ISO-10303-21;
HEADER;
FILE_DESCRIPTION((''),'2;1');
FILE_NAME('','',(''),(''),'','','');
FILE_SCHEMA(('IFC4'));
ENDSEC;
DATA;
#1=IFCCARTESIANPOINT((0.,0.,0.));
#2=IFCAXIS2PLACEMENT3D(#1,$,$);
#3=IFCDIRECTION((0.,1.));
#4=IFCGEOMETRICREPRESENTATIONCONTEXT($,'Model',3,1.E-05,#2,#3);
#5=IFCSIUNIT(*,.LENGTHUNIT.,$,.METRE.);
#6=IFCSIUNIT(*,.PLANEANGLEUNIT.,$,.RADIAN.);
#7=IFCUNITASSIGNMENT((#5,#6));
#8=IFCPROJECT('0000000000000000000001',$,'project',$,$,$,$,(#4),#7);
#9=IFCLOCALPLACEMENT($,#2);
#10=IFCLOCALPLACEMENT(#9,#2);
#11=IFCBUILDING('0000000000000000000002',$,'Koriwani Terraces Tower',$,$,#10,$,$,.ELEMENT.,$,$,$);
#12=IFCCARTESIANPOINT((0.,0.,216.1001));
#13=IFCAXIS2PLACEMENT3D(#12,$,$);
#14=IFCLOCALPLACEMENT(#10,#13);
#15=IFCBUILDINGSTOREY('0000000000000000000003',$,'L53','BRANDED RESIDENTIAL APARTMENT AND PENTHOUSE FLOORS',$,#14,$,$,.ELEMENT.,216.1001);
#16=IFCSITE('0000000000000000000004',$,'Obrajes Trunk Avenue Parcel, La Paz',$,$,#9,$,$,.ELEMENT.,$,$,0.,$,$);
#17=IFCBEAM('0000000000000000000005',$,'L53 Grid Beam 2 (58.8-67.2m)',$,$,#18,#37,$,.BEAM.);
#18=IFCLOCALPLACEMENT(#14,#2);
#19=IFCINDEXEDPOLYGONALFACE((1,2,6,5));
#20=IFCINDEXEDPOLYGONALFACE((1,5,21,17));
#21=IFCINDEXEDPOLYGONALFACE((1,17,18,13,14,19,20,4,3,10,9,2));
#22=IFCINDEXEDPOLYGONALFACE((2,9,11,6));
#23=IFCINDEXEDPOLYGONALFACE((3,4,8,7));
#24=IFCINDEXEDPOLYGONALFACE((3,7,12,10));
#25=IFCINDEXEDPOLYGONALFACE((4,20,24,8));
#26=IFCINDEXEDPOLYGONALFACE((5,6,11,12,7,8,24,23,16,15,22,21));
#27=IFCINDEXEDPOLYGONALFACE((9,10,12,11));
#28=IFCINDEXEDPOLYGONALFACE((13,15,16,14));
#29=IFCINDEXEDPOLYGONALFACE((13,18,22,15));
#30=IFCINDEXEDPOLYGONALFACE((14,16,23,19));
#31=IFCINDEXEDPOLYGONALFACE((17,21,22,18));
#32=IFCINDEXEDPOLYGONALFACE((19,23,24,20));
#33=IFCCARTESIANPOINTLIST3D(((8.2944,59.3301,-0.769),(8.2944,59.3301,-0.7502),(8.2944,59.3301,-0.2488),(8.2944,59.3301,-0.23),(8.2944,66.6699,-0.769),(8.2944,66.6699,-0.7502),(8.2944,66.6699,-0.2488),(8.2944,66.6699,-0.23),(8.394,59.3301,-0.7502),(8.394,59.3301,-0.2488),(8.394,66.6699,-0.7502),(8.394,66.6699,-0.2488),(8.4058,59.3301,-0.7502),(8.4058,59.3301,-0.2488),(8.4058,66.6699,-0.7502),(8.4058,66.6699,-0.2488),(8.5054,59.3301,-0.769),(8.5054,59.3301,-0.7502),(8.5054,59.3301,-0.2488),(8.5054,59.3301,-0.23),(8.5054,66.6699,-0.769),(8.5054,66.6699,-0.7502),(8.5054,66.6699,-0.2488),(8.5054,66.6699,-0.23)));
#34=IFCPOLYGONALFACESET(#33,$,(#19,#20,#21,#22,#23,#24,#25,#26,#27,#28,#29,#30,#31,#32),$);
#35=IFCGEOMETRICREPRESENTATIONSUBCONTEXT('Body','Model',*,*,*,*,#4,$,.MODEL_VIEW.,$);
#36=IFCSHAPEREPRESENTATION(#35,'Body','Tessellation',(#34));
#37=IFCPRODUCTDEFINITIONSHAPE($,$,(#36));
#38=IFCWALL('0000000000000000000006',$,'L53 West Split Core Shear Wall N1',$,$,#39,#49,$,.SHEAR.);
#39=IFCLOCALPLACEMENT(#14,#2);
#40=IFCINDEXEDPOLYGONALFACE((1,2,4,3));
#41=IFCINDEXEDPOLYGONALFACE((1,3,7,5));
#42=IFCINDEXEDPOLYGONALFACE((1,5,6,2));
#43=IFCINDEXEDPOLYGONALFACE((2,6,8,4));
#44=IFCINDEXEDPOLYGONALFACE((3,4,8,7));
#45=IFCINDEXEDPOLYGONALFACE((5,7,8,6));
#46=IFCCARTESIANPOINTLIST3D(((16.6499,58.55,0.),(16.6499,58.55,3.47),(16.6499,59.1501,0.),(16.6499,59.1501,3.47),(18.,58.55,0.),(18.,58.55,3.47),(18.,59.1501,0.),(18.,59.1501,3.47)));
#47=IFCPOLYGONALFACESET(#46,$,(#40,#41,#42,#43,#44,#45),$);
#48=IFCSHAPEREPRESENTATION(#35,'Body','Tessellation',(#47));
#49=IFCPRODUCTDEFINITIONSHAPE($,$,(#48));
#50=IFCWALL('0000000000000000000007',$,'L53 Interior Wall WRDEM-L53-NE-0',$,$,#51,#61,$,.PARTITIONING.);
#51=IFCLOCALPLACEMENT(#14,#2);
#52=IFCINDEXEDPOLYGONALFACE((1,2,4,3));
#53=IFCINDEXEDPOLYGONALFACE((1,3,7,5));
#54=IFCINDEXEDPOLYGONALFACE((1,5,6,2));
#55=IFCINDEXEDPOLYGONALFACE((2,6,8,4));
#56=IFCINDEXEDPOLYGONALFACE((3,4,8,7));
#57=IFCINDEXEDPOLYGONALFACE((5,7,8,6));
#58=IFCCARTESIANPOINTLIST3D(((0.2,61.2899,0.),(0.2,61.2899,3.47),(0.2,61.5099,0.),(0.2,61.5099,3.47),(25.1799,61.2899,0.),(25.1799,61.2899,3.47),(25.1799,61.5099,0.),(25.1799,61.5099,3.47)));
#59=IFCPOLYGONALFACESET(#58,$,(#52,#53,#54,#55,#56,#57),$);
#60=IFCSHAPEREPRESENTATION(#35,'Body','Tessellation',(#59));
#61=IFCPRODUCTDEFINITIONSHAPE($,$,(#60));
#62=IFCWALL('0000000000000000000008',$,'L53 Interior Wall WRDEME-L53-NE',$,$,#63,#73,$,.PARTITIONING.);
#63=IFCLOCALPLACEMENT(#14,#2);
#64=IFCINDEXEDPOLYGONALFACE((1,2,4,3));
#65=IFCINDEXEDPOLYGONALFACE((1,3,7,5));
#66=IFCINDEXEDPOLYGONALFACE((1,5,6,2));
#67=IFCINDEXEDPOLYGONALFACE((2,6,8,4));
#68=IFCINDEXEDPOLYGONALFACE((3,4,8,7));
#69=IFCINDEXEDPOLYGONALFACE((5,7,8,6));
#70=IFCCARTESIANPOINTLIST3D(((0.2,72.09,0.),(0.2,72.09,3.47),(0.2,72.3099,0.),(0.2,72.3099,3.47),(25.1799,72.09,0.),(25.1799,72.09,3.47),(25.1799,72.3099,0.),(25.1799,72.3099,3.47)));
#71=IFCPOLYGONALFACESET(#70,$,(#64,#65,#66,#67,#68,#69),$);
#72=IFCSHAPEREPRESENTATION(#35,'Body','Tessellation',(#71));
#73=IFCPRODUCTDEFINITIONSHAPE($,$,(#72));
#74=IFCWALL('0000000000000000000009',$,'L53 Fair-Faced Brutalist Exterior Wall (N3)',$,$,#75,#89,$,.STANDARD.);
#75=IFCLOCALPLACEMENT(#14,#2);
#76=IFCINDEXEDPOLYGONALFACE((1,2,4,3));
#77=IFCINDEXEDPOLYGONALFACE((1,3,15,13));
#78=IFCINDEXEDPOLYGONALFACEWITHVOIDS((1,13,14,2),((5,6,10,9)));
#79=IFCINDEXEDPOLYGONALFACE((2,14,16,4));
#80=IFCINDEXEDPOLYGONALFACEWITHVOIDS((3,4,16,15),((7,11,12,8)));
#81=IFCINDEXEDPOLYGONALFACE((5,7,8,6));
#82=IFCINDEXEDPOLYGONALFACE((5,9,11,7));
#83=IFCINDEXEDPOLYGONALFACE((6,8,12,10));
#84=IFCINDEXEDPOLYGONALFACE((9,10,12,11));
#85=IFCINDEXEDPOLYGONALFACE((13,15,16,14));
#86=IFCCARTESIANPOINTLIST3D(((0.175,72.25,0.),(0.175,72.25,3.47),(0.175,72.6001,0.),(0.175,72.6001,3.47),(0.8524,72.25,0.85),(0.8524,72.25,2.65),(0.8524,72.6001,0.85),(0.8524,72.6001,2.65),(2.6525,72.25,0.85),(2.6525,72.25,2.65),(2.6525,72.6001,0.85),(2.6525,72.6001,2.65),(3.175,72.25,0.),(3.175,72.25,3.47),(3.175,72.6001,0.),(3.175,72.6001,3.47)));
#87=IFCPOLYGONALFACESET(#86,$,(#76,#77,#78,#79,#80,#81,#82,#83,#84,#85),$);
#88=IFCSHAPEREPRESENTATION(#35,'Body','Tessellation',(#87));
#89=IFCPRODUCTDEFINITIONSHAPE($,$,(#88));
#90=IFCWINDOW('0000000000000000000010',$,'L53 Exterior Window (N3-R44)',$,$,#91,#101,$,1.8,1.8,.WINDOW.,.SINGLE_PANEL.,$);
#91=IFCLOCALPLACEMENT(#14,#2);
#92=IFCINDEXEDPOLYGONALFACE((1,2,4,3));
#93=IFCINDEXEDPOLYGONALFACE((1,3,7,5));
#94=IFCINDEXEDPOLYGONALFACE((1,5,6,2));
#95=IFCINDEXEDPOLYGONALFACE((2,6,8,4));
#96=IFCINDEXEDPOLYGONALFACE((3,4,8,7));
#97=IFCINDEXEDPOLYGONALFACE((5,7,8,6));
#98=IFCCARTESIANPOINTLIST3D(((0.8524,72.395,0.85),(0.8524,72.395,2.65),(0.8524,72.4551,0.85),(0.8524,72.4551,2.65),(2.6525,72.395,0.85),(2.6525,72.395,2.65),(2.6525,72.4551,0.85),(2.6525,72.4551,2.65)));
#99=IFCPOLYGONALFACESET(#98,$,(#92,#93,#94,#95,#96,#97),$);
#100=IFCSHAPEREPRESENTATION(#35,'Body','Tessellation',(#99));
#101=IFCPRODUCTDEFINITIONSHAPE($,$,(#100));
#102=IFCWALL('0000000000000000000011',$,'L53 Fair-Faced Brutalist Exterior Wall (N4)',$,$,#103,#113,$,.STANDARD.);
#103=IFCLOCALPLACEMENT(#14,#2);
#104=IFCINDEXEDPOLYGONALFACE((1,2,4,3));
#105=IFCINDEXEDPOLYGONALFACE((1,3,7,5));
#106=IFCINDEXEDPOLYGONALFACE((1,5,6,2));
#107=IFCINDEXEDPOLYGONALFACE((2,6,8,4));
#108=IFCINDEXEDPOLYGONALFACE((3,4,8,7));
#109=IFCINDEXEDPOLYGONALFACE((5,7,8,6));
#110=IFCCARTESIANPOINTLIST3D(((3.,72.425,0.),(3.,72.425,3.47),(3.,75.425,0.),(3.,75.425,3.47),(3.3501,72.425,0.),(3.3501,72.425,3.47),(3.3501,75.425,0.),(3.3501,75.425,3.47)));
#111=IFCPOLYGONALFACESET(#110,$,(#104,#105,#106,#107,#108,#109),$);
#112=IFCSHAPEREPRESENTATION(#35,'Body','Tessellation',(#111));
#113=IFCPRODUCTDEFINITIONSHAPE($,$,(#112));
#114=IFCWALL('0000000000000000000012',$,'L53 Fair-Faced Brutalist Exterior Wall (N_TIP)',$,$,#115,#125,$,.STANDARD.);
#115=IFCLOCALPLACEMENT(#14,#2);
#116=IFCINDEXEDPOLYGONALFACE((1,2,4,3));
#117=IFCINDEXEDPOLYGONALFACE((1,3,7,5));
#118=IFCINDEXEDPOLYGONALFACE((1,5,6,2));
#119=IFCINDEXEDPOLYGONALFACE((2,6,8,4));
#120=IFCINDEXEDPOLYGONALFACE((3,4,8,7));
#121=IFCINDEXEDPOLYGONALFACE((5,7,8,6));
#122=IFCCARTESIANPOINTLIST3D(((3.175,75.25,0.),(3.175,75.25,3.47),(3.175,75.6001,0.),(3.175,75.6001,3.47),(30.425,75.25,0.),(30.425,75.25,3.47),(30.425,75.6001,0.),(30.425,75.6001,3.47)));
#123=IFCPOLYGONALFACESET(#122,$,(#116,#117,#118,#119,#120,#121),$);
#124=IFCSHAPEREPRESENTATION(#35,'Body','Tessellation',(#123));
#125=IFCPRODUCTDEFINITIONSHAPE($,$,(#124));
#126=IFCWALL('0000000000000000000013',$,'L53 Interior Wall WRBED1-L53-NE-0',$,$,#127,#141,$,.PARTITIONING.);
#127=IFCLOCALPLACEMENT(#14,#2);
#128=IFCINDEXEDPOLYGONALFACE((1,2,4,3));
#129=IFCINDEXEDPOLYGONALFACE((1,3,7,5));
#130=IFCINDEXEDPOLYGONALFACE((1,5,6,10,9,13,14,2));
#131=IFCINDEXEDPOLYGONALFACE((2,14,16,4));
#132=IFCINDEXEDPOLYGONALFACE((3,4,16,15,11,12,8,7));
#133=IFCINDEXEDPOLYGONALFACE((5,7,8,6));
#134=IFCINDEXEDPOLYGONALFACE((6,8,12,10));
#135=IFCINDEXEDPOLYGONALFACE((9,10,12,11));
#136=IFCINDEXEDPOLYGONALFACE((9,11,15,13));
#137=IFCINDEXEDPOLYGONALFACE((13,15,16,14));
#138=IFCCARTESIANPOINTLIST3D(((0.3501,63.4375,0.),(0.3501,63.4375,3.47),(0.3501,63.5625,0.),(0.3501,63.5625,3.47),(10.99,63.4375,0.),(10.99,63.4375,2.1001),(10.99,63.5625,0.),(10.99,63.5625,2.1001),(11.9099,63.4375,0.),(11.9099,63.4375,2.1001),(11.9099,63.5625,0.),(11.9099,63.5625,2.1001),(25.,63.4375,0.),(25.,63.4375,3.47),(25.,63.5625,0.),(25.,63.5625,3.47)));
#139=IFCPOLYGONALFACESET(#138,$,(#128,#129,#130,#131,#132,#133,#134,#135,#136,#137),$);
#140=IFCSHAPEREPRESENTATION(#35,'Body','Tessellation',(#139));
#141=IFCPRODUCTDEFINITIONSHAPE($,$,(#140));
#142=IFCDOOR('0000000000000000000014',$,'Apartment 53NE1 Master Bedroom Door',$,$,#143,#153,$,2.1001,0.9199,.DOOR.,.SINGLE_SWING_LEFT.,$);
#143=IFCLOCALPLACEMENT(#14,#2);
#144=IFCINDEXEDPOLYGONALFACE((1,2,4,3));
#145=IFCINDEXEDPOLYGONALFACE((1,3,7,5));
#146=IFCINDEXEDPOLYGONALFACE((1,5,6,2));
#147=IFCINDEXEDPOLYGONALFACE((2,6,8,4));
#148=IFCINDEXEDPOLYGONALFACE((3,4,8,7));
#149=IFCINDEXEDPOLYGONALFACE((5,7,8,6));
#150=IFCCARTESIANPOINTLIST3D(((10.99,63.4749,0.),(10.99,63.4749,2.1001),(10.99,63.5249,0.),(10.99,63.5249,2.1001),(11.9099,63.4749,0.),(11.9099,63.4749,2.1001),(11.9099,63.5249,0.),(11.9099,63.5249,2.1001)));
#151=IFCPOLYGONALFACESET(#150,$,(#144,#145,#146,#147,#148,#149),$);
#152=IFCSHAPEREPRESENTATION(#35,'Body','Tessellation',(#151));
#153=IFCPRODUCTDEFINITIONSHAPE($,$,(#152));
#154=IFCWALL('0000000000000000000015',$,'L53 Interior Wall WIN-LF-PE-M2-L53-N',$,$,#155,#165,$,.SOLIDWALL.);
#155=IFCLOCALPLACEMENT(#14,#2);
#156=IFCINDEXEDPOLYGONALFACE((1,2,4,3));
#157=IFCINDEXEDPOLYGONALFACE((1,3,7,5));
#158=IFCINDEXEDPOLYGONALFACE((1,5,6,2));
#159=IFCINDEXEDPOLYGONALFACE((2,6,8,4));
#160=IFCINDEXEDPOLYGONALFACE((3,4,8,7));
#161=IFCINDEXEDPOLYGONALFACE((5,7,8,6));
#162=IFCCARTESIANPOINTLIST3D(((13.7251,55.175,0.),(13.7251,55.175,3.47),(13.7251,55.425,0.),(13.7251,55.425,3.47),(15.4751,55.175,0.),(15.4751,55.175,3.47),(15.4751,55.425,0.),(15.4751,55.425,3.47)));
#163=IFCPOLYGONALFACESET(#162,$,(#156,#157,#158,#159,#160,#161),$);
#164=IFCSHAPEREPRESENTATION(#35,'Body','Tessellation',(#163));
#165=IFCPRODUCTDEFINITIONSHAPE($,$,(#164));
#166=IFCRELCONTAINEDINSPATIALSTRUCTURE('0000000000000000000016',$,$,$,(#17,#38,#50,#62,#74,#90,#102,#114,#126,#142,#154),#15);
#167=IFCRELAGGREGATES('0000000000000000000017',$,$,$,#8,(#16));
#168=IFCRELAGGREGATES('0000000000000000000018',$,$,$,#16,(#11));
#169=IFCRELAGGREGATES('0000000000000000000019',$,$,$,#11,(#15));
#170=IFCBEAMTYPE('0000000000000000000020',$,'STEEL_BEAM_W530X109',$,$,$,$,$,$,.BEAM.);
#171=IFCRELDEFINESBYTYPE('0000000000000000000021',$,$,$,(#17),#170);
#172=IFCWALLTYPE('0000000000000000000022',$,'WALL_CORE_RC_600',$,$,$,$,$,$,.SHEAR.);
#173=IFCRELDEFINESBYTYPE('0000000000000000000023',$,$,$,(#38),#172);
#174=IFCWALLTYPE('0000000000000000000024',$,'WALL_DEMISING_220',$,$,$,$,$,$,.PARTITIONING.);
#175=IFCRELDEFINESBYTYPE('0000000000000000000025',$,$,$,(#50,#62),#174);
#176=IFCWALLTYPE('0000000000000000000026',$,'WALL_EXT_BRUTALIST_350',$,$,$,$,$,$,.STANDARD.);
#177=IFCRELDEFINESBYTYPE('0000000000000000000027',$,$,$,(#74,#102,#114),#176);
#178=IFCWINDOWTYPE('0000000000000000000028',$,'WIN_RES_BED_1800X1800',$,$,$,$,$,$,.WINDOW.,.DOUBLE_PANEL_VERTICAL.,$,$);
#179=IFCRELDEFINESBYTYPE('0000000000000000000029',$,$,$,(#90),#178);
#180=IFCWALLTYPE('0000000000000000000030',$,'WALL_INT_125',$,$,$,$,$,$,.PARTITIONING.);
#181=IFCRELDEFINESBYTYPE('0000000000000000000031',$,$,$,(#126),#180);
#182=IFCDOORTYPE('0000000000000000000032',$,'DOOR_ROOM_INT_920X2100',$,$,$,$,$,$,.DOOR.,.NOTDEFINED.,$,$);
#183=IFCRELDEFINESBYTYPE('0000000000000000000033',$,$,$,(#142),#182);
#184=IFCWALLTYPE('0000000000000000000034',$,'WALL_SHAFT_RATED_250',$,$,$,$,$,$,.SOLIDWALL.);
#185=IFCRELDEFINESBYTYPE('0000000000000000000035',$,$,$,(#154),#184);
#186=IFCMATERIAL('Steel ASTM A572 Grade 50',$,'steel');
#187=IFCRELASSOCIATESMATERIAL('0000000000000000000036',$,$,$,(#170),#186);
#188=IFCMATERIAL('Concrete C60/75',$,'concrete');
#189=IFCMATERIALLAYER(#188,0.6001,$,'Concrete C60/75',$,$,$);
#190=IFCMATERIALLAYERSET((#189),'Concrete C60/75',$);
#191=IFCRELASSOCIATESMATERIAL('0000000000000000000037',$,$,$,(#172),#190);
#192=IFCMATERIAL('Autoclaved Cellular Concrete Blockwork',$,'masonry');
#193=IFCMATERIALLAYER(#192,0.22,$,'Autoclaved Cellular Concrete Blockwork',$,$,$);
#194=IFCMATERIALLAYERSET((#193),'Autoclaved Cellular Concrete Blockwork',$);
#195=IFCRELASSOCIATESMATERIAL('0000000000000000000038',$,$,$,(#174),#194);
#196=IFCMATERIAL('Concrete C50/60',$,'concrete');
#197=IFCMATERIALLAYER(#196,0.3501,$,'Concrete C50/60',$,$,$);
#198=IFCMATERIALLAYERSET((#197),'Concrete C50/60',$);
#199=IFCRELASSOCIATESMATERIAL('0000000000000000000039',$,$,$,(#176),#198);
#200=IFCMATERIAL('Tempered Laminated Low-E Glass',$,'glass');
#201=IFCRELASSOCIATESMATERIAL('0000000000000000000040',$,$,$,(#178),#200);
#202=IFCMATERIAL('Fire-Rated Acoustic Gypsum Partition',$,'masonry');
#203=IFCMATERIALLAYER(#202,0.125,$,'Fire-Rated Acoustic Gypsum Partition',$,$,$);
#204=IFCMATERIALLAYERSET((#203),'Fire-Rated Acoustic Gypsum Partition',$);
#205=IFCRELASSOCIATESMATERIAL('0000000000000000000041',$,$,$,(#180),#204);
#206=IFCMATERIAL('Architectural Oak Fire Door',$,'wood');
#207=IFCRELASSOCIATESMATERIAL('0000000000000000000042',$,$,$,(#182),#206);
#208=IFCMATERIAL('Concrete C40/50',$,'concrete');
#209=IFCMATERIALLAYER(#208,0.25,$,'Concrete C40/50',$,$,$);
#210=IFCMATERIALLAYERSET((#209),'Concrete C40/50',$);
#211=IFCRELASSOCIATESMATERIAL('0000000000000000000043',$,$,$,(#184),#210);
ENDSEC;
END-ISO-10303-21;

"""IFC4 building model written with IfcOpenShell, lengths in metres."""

from ifc_helpers import new_model, si_unit, direction, frame, frame_2d, origin, origin_2d, place, context, subcontext, project, spatial, rectangle, i_section, extrude, material, layer, layer_set, material_profile, profile_set, type_object, element, fill, save


model = new_model("IFC4")

# Units and contexts
model_context = context("Model", 3, precision=1e-05, world=origin(), true_north=direction((0.0, 1.0)))
body_context = subcontext(model_context, "Body", "Model", "MODEL_VIEW")
ifc_project = project(units=[si_unit("LENGTHUNIT", "METRE"), si_unit("PLANEANGLEUNIT", "RADIAN")], contexts=[model_context])

# Site, building, storey
site_placement = place(None, origin())
site = spatial("IfcSite", under=ifc_project, at=site_placement, Name="Obrajes Trunk Avenue Parcel, La Paz", CompositionType="ELEMENT", RefElevation=0.0)
building_placement = place(site_placement, origin())
building = spatial("IfcBuilding", under=site, at=building_placement, Name="Koriwani Terraces Tower", CompositionType="ELEMENT")
storey_placement = place(building_placement, frame((0.0, 0.0, 216.1001)))
storey = spatial("IfcBuildingStorey", under=building, at=storey_placement, Name="L53", Description="BRANDED RESIDENTIAL APARTMENT AND PENTHOUSE FLOORS", CompositionType="ELEMENT", Elevation=216.1001)

# Shared definitions
ifc_material_1 = material(Name="Concrete C50/60", Category="concrete")

# Beam
ifc_material_2 = material(Name="Concrete C40/50", Category="concrete")
ifc_material_3 = material(Name="Steel ASTM A572 Grade 50", Category="steel")
ifc_material_profile_1 = material_profile(ifc_material_3, i_section(OverallWidth=0.2109, OverallDepth=0.5391, WebThickness=0.0117, FlangeThickness=0.0188, at=origin_2d()), Name="Steel ASTM A572 Grade 50", Category="LoadBearing")
ifc_profile_set_1 = profile_set([ifc_material_profile_1], Name="Steel ASTM A572 Grade 50")
beam_type_1 = type_object("IfcBeamType", Name="STEEL_BEAM_W530X109", PredefinedType="BEAM", material=ifc_profile_set_1)
beam_1_placement = place(storey_placement, frame((8.3999, 59.3301, -0.4995), z_axis=(0.0, 1.0, 0.0), x_axis=(-1.0, 0.0, 0.0)))
element("IfcBeam", 1, at=beam_1_placement, inside=storey, type_object=beam_type_1, Name="L53 Grid Beam 2 (58.8-67.2m)", PredefinedType="BEAM", context=body_context, shape_type="SweptSolid", body=[
    extrude(i_section(OverallWidth=0.2109, OverallDepth=0.5391, WebThickness=0.0117, FlangeThickness=0.0188, at=origin_2d()), origin(), (0.0, 0.0, 1.0), 7.3398),
])

# Walls
ifc_material_4 = material(Name="Concrete C60/75", Category="concrete")
ifc_layer_1 = layer(ifc_material_4, 0.6001, Name="Concrete C60/75")
ifc_layer_set_1 = layer_set([ifc_layer_1], Name="Concrete C60/75")
wall_type_1 = type_object("IfcWallType", Name="WALL_CORE_RC_600", PredefinedType="SHEAR", material=ifc_layer_set_1)
wall_1_placement = place(storey_placement, frame((16.6499, 58.8501, 0.0), z_axis=(0.0, 0.0, 1.0), x_axis=(1.0, 0.0, 0.0)))
element("IfcWall", 2, at=wall_1_placement, inside=storey, type_object=wall_type_1, Name="L53 West Split Core Shear Wall N1", PredefinedType="SHEAR", context=body_context, shape_type="SweptSolid", body=[
    extrude(rectangle(XDim=1.3501, YDim=0.6001, at=frame_2d((0.675, 0.0))), origin(), (0.0, 0.0, 1.0), 3.47),
])
ifc_material_5 = material(Name="Autoclaved Cellular Concrete Blockwork", Category="masonry")
ifc_layer_2 = layer(ifc_material_5, 0.22, Name="Autoclaved Cellular Concrete Blockwork")
ifc_layer_set_2 = layer_set([ifc_layer_2], Name="Autoclaved Cellular Concrete Blockwork")
wall_type_2 = type_object("IfcWallType", Name="WALL_DEMISING_220", PredefinedType="PARTITIONING", material=ifc_layer_set_2)
for number, where, z_axis, x_axis, name in (
    (3, (0.2, 61.3999, 0.0), (0.0, 0.0, 1.0), (1.0, 0.0, 0.0), "L53 Interior Wall WRDEM-L53-NE-0"),
    (4, (0.2, 72.2, 0.0), (0.0, 0.0, 1.0), (1.0, 0.0, 0.0), "L53 Interior Wall WRDEME-L53-NE"),
):
    element("IfcWall", number, at=place(storey_placement, frame(where, z_axis=z_axis, x_axis=x_axis)), inside=storey, type_object=wall_type_2, Name=name, PredefinedType="PARTITIONING", context=body_context, shape_type="SweptSolid", body=[
        extrude(rectangle(XDim=24.98, YDim=0.22, at=frame_2d((12.49, 0.0))), origin(), (0.0, 0.0, 1.0), 3.47),
    ])

# Wall, opening, window
ifc_layer_3 = layer(ifc_material_1, 0.3501, Name="Concrete C50/60")
ifc_layer_set_3 = layer_set([ifc_layer_3], Name="Concrete C50/60")
wall_type_3 = type_object("IfcWallType", Name="WALL_EXT_BRUTALIST_350", PredefinedType="STANDARD", material=ifc_layer_set_3)
wall_2_placement = place(storey_placement, frame((0.175, 72.425, 0.0), z_axis=(0.0, 0.0, 1.0), x_axis=(1.0, 0.0, 0.0)))
wall_2 = element("IfcWall", 5, at=wall_2_placement, inside=storey, type_object=wall_type_3, Name="L53 Fair-Faced Brutalist Exterior Wall (N3)", PredefinedType="STANDARD", context=body_context, shape_type="SweptSolid", body=[
    extrude(rectangle(XDim=3.0, YDim=0.3501, at=frame_2d((1.5, 0.0))), origin(), (0.0, 0.0, 1.0), 3.47),
])
opening_1_placement = place(wall_2_placement, frame((0.6775, 0.0, 0.8501)))
opening_1 = element("IfcOpeningElement", 6, at=opening_1_placement, cuts=wall_2, PredefinedType="OPENING", context=body_context, shape_type="SweptSolid", body=[
    extrude(rectangle(XDim=1.8, YDim=1.8, at=frame_2d((0.8999, 0.8999))), frame((0.0, 0.1851, 0.0), z_axis=(0.0, -1.0, 0.0), x_axis=(1.0, 0.0, 0.0)), (0.0, 0.0, 1.0), 0.3701),
])
ifc_material_6 = material(Name="Tempered Laminated Low-E Glass", Category="glass")
window_type = type_object("IfcWindowType", Name="WIN_RES_BED_1800X1800", PartitioningType="DOUBLE_PANEL_VERTICAL", PredefinedType="WINDOW", material=ifc_material_6)
window_placement = place(opening_1_placement, origin())
window = element("IfcWindow", 7, at=window_placement, inside=storey, type_object=window_type, Name="L53 Exterior Window (N3-R44)", OverallHeight=1.8, OverallWidth=1.8, PartitioningType="SINGLE_PANEL", PredefinedType="WINDOW", context=body_context, shape_type="SweptSolid", body=[
    extrude(rectangle(XDim=1.8, YDim=1.8, at=frame_2d((0.8999, 0.8999))), frame((0.0, 0.03, 0.0), z_axis=(0.0, -1.0, 0.0), x_axis=(1.0, 0.0, 0.0)), (0.0, 0.0, 1.0), 0.0601),
])
fill(opening_1, window)

# Walls
wall_3_placement = place(storey_placement, frame((3.175, 72.425, 0.0), z_axis=(0.0, 0.0, 1.0), x_axis=(0.0, 1.0, 0.0)))
element("IfcWall", 8, at=wall_3_placement, inside=storey, type_object=wall_type_3, Name="L53 Fair-Faced Brutalist Exterior Wall (N4)", PredefinedType="STANDARD", context=body_context, shape_type="SweptSolid", body=[
    extrude(rectangle(XDim=3.0, YDim=0.3501, at=frame_2d((1.5, 0.0))), origin(), (0.0, 0.0, 1.0), 3.47),
])
wall_4_placement = place(storey_placement, frame((3.175, 75.425, 0.0), z_axis=(0.0, 0.0, 1.0), x_axis=(1.0, 0.0, 0.0)))
element("IfcWall", 9, at=wall_4_placement, inside=storey, type_object=wall_type_3, Name="L53 Fair-Faced Brutalist Exterior Wall (N_TIP)", PredefinedType="STANDARD", context=body_context, shape_type="SweptSolid", body=[
    extrude(rectangle(XDim=27.25, YDim=0.3501, at=frame_2d((13.625, 0.0))), origin(), (0.0, 0.0, 1.0), 3.47),
])

# Wall, opening, door
ifc_material_7 = material(Name="Fire-Rated Acoustic Gypsum Partition", Category="masonry")
ifc_layer_4 = layer(ifc_material_7, 0.125, Name="Fire-Rated Acoustic Gypsum Partition")
ifc_layer_set_4 = layer_set([ifc_layer_4], Name="Fire-Rated Acoustic Gypsum Partition")
wall_type_4 = type_object("IfcWallType", Name="WALL_INT_125", PredefinedType="PARTITIONING", material=ifc_layer_set_4)
wall_5_placement = place(storey_placement, frame((0.3501, 63.5, 0.0), z_axis=(0.0, 0.0, 1.0), x_axis=(1.0, 0.0, 0.0)))
wall_5 = element("IfcWall", 10, at=wall_5_placement, inside=storey, type_object=wall_type_4, Name="L53 Interior Wall WRBED1-L53-NE-0", PredefinedType="PARTITIONING", context=body_context, shape_type="SweptSolid", body=[
    extrude(rectangle(XDim=24.6499, YDim=0.125, at=frame_2d((12.325, 0.0))), origin(), (0.0, 0.0, 1.0), 3.47),
])
opening_2_placement = place(wall_5_placement, frame((10.6399, 0.0, 0.0)))
opening_2 = element("IfcOpeningElement", 11, at=opening_2_placement, cuts=wall_5, PredefinedType="OPENING", context=body_context, shape_type="SweptSolid", body=[
    extrude(rectangle(XDim=0.9199, YDim=2.1001, at=frame_2d((0.46, 1.05))), frame((0.0, 0.0725, 0.0), z_axis=(0.0, -1.0, 0.0), x_axis=(1.0, 0.0, 0.0)), (0.0, 0.0, 1.0), 0.145),
])
ifc_material_8 = material(Name="Architectural Oak Fire Door", Category="wood")
door_type = type_object("IfcDoorType", Name="DOOR_ROOM_INT_920X2100", OperationType="NOTDEFINED", PredefinedType="DOOR", material=ifc_material_8)
door_placement = place(opening_2_placement, origin())
door = element("IfcDoor", 12, at=door_placement, inside=storey, type_object=door_type, Name="Apartment 53NE1 Master Bedroom Door", OperationType="SINGLE_SWING_LEFT", OverallHeight=2.1001, OverallWidth=0.9199, PredefinedType="DOOR", context=body_context, shape_type="SweptSolid", body=[
    extrude(rectangle(XDim=0.9199, YDim=2.1001, at=frame_2d((0.46, 1.05))), frame((0.0, 0.0249, 0.0), z_axis=(0.0, -1.0, 0.0), x_axis=(1.0, 0.0, 0.0)), (0.0, 0.0, 1.0), 0.05),
])
fill(opening_2, door)

# Wall
ifc_layer_5 = layer(ifc_material_2, 0.25, Name="Concrete C40/50")
ifc_layer_set_5 = layer_set([ifc_layer_5], Name="Concrete C40/50")
wall_type_5 = type_object("IfcWallType", Name="WALL_SHAFT_RATED_250", PredefinedType="SOLIDWALL", material=ifc_layer_set_5)
wall_6_placement = place(storey_placement, frame((13.7251, 55.3, 0.0), z_axis=(0.0, 0.0, 1.0), x_axis=(1.0, 0.0, 0.0)))
element("IfcWall", 13, at=wall_6_placement, inside=storey, type_object=wall_type_5, Name="L53 Interior Wall WIN-LF-PE-M2-L53-N", PredefinedType="SOLIDWALL", context=body_context, shape_type="SweptSolid", body=[
    extrude(rectangle(XDim=1.75, YDim=0.25, at=frame_2d((0.875, 0.0))), origin(), (0.0, 0.0, 1.0), 3.47),
])

save(model, "model.ifc")
